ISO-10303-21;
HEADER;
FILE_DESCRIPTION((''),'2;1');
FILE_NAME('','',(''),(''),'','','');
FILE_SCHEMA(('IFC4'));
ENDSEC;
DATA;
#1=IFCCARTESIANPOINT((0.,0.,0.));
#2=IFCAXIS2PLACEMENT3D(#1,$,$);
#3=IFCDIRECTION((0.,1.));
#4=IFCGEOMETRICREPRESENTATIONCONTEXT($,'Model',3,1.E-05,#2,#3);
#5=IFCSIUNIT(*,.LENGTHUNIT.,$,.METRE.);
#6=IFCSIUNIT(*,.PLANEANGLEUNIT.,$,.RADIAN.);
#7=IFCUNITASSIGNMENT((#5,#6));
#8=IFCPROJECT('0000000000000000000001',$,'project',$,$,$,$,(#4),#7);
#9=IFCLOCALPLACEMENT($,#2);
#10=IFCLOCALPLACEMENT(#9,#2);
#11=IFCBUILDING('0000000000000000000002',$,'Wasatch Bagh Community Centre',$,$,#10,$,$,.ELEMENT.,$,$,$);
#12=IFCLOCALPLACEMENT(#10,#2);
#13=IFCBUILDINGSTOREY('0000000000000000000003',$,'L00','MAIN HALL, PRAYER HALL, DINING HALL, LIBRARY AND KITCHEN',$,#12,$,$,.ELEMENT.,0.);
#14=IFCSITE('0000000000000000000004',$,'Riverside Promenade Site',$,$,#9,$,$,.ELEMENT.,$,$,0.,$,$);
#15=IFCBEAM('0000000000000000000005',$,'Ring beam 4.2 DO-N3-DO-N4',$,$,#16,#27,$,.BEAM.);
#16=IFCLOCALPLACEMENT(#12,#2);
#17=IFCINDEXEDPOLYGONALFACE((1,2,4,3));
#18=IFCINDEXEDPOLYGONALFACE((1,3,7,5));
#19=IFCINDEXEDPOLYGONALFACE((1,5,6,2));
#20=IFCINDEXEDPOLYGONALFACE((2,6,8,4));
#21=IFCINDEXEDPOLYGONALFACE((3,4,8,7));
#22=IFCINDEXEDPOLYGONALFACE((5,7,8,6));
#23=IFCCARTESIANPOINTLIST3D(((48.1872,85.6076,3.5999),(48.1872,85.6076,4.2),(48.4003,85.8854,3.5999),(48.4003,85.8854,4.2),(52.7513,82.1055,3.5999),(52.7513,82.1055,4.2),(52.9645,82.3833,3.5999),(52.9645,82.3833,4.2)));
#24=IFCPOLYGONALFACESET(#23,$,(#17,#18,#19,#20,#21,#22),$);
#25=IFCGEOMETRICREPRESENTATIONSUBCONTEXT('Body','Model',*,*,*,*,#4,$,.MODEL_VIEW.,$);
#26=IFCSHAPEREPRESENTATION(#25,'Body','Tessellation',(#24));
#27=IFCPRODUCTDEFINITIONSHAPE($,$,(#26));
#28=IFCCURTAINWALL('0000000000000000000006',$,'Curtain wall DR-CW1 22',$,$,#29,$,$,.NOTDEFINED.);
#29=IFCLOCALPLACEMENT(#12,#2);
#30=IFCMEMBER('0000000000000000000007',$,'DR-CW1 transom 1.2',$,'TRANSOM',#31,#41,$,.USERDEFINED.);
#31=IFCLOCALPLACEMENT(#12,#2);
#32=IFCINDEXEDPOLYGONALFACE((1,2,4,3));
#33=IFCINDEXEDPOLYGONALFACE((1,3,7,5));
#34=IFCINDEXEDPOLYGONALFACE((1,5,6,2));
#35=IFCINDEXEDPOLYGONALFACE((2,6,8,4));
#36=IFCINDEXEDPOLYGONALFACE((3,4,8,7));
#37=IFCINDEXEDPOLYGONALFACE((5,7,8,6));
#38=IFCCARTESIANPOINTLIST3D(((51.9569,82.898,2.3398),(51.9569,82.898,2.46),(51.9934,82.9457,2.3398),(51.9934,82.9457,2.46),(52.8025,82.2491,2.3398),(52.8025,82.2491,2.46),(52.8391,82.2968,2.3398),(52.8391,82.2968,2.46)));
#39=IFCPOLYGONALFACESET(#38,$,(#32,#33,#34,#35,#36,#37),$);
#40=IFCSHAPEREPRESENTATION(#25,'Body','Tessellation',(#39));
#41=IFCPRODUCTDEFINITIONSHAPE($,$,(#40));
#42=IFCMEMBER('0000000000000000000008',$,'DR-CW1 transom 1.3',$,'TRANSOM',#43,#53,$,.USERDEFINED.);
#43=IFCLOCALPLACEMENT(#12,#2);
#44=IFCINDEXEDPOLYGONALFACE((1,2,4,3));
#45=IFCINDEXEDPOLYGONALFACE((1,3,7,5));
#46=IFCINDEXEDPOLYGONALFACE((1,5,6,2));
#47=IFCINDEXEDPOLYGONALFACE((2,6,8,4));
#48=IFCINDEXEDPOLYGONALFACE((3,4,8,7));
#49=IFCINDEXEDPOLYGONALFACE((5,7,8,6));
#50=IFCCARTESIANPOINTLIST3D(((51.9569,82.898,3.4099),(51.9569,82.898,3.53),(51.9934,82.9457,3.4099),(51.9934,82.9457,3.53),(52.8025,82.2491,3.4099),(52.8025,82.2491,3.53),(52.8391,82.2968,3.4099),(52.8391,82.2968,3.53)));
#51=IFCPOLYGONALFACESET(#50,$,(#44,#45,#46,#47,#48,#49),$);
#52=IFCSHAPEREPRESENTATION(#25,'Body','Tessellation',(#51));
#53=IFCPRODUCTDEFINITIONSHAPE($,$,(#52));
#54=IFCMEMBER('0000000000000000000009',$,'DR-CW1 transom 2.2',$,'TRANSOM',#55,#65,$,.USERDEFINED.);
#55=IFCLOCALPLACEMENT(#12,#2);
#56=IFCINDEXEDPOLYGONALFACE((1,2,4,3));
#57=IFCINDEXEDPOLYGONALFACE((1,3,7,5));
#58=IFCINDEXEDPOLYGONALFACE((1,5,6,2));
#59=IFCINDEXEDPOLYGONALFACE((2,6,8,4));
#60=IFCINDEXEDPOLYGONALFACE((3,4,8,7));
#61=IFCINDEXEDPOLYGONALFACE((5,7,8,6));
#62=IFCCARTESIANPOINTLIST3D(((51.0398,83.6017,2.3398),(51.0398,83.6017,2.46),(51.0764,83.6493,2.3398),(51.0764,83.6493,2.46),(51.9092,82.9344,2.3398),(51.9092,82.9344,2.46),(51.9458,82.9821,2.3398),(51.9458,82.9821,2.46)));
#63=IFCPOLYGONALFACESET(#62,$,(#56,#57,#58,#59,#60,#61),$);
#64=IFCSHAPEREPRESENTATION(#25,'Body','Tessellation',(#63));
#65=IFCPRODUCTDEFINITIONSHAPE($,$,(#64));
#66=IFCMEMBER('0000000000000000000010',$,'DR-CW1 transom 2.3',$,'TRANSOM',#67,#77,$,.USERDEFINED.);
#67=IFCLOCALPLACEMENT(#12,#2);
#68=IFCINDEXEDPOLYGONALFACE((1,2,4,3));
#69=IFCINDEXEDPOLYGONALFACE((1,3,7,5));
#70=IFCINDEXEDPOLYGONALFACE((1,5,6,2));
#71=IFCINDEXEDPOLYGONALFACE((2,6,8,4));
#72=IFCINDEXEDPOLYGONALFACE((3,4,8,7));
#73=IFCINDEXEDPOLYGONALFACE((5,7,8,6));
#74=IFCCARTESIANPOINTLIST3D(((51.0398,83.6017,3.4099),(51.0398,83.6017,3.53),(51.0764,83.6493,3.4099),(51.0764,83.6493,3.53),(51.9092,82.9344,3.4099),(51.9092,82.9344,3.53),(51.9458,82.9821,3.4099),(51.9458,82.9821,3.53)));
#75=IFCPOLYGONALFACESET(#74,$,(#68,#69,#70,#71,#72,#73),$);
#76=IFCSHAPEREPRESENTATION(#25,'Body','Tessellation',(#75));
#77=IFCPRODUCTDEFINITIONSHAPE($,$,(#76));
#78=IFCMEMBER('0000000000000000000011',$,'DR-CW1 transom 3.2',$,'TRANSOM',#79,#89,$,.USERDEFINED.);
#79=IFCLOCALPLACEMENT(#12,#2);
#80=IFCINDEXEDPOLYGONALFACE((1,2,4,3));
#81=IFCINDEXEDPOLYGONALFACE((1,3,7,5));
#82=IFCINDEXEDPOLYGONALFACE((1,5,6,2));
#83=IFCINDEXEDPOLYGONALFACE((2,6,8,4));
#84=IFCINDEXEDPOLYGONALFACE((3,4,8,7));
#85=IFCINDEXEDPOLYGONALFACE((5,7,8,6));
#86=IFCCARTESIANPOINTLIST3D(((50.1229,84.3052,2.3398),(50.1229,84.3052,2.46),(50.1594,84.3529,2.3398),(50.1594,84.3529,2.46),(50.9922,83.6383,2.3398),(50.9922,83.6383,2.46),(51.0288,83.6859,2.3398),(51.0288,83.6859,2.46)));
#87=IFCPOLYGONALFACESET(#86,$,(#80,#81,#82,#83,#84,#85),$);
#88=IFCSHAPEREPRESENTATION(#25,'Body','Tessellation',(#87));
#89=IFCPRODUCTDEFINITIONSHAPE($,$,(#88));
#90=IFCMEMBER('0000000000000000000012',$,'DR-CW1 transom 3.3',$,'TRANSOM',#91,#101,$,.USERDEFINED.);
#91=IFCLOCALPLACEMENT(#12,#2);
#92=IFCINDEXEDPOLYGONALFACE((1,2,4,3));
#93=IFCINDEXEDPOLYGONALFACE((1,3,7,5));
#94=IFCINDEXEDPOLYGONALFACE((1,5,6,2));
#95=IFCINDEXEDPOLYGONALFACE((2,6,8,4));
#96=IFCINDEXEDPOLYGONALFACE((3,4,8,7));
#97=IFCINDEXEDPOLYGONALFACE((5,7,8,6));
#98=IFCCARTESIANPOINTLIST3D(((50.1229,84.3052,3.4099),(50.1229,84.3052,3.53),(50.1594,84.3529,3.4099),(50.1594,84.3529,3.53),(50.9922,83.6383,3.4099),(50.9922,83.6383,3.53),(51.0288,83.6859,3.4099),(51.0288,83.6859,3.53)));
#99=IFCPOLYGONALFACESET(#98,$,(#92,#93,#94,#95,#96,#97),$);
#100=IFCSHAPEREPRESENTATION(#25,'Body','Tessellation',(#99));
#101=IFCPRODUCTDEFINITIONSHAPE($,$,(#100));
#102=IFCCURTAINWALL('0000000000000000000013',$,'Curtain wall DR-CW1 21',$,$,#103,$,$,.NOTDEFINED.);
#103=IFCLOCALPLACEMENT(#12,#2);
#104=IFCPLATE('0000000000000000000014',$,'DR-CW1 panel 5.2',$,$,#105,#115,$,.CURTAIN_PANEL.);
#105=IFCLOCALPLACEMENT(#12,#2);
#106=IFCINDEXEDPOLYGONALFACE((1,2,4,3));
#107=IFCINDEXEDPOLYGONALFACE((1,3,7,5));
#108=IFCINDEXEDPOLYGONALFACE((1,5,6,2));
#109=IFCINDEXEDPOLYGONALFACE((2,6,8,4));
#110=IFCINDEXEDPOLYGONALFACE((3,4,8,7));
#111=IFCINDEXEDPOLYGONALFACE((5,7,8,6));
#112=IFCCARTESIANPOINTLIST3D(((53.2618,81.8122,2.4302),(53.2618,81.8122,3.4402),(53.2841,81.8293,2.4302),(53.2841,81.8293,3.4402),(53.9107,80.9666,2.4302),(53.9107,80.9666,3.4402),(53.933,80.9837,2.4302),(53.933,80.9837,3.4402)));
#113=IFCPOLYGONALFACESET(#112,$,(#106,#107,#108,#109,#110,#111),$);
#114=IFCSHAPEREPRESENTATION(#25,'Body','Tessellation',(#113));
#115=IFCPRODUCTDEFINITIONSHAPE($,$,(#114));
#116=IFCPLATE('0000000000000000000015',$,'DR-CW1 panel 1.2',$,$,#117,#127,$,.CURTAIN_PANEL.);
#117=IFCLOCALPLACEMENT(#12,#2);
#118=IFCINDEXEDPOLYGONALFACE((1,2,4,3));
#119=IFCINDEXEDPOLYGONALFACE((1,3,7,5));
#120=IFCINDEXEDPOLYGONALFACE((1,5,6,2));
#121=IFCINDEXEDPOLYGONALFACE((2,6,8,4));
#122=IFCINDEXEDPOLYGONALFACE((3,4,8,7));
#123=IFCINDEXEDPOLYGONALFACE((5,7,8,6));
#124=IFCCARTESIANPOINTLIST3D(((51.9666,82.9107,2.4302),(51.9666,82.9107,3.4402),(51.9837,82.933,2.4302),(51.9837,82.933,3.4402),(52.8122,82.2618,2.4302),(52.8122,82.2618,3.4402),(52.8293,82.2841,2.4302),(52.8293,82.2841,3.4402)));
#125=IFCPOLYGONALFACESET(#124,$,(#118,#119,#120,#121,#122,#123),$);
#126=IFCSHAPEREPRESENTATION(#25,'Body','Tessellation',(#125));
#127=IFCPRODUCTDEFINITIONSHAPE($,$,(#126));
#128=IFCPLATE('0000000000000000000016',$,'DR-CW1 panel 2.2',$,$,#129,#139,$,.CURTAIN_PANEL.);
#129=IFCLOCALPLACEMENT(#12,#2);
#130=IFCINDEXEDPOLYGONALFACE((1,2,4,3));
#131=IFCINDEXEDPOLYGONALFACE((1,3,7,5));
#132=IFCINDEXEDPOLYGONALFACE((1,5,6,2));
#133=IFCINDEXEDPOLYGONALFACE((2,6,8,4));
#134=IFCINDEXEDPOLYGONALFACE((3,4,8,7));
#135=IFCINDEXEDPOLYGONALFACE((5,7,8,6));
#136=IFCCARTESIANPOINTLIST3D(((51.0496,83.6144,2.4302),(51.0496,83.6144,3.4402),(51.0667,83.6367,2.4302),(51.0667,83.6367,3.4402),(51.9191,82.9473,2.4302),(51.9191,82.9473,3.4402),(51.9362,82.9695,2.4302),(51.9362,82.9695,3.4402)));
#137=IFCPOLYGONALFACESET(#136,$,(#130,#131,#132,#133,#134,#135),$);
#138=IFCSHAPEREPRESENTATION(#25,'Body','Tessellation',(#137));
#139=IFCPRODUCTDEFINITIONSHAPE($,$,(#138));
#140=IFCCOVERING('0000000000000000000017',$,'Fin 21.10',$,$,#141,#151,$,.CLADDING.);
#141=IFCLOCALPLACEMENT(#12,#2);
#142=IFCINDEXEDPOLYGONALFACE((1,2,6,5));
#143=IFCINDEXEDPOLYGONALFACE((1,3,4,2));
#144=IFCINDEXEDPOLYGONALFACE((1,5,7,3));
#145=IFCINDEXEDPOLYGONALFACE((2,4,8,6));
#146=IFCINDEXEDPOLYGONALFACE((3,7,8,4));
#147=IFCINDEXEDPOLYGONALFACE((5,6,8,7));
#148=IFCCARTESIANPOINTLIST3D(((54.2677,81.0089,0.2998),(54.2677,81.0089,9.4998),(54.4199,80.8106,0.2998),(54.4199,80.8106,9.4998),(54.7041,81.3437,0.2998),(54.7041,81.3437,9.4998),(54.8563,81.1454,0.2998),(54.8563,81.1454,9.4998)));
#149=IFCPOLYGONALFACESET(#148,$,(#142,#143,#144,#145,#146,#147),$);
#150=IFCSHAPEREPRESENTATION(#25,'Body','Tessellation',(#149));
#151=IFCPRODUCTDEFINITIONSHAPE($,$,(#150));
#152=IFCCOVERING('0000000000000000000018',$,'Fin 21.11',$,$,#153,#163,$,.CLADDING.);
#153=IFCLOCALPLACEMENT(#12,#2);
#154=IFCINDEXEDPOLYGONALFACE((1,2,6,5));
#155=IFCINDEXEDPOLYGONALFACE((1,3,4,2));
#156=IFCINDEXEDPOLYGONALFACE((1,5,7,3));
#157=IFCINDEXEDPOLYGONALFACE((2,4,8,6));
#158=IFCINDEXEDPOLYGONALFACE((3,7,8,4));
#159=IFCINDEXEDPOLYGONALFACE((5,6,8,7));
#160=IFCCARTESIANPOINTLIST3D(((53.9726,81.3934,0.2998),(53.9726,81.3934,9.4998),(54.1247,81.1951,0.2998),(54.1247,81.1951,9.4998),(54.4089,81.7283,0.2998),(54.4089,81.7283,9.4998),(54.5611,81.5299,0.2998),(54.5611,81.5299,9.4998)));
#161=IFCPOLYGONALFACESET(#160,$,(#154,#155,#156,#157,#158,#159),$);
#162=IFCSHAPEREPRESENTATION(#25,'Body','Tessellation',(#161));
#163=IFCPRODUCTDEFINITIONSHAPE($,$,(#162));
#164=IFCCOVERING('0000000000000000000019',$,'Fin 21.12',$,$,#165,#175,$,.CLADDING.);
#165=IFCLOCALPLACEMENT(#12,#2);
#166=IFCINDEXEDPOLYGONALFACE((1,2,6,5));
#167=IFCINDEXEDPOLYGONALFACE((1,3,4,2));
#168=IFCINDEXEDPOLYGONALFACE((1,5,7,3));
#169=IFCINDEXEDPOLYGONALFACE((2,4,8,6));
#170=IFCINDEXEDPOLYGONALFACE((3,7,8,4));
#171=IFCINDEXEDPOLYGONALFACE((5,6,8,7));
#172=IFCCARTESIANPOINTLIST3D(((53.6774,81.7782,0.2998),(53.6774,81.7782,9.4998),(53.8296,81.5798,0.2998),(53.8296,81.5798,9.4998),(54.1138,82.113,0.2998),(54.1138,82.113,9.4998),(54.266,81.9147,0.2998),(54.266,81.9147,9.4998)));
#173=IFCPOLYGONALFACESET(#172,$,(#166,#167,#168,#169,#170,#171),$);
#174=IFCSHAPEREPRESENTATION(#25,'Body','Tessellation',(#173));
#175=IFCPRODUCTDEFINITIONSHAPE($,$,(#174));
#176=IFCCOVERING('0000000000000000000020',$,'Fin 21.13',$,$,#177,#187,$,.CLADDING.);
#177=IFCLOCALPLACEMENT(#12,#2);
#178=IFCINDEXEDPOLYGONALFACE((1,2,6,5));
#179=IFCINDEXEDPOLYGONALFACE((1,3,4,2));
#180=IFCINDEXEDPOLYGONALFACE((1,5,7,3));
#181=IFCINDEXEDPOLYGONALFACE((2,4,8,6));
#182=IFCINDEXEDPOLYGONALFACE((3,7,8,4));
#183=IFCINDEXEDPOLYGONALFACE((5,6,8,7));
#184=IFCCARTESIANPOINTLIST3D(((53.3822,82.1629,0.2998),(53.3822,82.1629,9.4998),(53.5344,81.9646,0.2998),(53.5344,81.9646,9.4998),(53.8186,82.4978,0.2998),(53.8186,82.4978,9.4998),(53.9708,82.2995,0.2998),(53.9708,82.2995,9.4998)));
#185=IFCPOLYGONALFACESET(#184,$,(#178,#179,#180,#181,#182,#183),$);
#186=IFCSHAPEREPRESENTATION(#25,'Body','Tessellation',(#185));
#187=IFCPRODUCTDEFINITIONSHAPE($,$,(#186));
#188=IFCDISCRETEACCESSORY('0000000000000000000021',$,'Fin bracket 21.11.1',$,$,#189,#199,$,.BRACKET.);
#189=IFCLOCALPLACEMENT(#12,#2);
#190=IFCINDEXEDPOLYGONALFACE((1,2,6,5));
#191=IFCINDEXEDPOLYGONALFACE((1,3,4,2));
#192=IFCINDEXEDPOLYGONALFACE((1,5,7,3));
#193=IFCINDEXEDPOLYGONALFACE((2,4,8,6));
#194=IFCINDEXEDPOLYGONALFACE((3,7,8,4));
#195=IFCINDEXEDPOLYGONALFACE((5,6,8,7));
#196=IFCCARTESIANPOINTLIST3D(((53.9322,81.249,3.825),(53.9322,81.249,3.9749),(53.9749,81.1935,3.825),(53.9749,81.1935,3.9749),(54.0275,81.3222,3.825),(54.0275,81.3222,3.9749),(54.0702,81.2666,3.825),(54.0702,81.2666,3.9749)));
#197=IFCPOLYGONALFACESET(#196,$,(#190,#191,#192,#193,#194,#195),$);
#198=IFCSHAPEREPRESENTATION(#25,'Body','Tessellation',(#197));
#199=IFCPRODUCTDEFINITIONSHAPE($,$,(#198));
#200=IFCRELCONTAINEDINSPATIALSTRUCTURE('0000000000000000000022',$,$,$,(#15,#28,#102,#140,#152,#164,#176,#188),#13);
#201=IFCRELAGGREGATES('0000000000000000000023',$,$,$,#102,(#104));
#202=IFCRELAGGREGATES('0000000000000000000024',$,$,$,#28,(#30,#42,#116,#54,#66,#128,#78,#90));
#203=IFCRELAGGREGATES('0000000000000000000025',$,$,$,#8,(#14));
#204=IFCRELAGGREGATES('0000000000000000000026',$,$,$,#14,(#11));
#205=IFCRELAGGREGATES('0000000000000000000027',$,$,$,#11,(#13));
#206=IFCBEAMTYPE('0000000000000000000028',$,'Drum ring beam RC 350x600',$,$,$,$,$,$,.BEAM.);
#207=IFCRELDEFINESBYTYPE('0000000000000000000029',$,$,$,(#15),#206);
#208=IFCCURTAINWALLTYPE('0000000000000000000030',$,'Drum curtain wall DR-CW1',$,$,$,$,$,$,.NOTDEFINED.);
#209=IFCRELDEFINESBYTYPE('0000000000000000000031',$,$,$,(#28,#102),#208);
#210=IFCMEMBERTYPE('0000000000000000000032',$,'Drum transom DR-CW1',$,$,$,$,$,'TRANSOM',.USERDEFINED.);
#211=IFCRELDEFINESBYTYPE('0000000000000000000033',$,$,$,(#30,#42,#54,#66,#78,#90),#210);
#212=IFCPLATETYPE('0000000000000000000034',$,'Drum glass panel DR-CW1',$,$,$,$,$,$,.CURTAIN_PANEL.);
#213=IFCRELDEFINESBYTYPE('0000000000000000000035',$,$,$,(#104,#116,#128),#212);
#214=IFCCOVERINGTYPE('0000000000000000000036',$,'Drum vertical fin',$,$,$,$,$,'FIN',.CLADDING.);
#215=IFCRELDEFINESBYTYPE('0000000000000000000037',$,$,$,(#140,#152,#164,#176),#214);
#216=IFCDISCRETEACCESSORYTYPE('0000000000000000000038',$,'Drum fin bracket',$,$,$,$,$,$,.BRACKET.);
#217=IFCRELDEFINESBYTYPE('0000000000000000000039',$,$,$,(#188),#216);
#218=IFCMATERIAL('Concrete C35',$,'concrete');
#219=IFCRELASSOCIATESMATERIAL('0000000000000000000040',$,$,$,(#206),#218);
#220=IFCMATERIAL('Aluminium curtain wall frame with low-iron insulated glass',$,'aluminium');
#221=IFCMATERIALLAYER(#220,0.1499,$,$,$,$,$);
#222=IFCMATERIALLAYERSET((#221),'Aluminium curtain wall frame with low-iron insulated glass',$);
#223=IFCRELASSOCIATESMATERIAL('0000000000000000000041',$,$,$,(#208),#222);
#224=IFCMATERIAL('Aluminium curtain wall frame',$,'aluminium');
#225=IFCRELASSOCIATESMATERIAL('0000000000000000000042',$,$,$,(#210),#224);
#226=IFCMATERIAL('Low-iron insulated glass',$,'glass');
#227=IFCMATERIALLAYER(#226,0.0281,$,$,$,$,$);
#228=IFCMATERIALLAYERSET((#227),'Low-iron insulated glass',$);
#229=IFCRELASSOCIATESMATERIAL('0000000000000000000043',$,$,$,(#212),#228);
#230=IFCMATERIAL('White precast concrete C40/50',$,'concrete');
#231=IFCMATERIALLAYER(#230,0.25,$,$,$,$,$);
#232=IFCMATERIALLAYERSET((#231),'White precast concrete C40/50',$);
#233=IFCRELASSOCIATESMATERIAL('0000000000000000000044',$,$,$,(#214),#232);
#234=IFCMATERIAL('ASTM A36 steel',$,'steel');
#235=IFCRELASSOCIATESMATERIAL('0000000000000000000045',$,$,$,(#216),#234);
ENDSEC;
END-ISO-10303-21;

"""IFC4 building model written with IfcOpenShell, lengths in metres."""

from ifc_helpers import new_model, si_unit, direction, frame, origin, origin_2d, place, context, subcontext, project, spatial, rectangle, extrude, material, layer, layer_set, material_profile, profile_set, type_object, element, aggregate, save


model = new_model("IFC4")

# Units and contexts
model_context = context("Model", 3, precision=1e-05, world=origin(), true_north=direction((0.0, 1.0)))
body_context = subcontext(model_context, "Body", "Model", "MODEL_VIEW")
ifc_project = project(units=[si_unit("LENGTHUNIT", "METRE"), si_unit("PLANEANGLEUNIT", "RADIAN")], contexts=[model_context])

# Site, building, storey
site_placement = place(None, origin())
site = spatial("IfcSite", under=ifc_project, at=site_placement, Name="Riverside Promenade Site", CompositionType="ELEMENT", RefElevation=0.0)
building_placement = place(site_placement, origin())
building = spatial("IfcBuilding", under=site, at=building_placement, Name="Wasatch Bagh Community Centre", CompositionType="ELEMENT")
storey_placement = place(building_placement, origin())
storey = spatial("IfcBuildingStorey", under=building, at=storey_placement, Name="L00", Description="MAIN HALL, PRAYER HALL, DINING HALL, LIBRARY AND KITCHEN", CompositionType="ELEMENT", Elevation=0.0)

# Beam
ifc_material_1 = material(Name="Concrete C35", Category="concrete")
ifc_material_profile_1 = material_profile(ifc_material_1, rectangle(XDim=0.3501, YDim=0.6001, at=origin_2d()), Name="RC 350x600")
ifc_profile_set_1 = profile_set([ifc_material_profile_1], Name="Concrete C35")
beam_type = type_object("IfcBeamType", Name="Drum ring beam RC 350x600", PredefinedType="BEAM", material=ifc_profile_set_1)
beam_placement = place(storey_placement, frame((52.8579, 82.2444, 3.8999), z_axis=(-0.793357, 0.608757, 0.0), x_axis=(-0.608757, -0.793357, 0.0)))
element("IfcBeam", 1, at=beam_placement, inside=storey, type_object=beam_type, Name="Ring beam 4.2 DO-N3-DO-N4", PredefinedType="BEAM", context=body_context, shape_type="SweptSolid", body=[
    extrude(rectangle(XDim=0.3501, YDim=0.6001, at=origin_2d()), origin(), (0.0, 0.0, 1.0), 5.7529),
])

# Curtain wall, members
ifc_material_2 = material(Name="Aluminium curtain wall frame with low-iron insulated glass", Category="aluminium")
ifc_layer_1 = layer(ifc_material_2, 0.1499)
ifc_layer_set_1 = layer_set([ifc_layer_1], Name="Aluminium curtain wall frame with low-iron insulated glass")
curtain_wall_type = type_object("IfcCurtainWallType", Name="Drum curtain wall DR-CW1", PredefinedType="NOTDEFINED", material=ifc_layer_set_1)
curtain_wall_1_placement = place(storey_placement, origin())
curtain_wall_1 = element("IfcCurtainWall", 2, at=curtain_wall_1_placement, inside=storey, type_object=curtain_wall_type, Name="Curtain wall DR-CW1 22", PredefinedType="NOTDEFINED")
ifc_material_3 = material(Name="Aluminium curtain wall frame", Category="aluminium")
ifc_material_profile_2 = material_profile(ifc_material_3, rectangle(XDim=0.0601, YDim=0.1201, at=origin_2d()), Name="Drum transom DR-CW1")
ifc_profile_set_2 = profile_set([ifc_material_profile_2], Name="Aluminium curtain wall frame")
member_type = type_object("IfcMemberType", Name="Drum transom DR-CW1", ElementType="TRANSOM", PredefinedType="USERDEFINED", material=ifc_profile_set_2)
member_1_placement = place(storey_placement, frame((52.8208, 82.2729, 2.3999), z_axis=(-0.793356, 0.608758, 0.0), x_axis=(-0.608758, -0.793356, 0.0)))
member_1 = element("IfcMember", 3, at=member_1_placement, type_object=member_type, Name="DR-CW1 transom 1.2", ObjectType="TRANSOM", PredefinedType="USERDEFINED", context=body_context, shape_type="SweptSolid", body=[
    extrude(rectangle(XDim=0.0601, YDim=0.1201, at=origin_2d()), origin(), (0.0, 0.0, 1.0), 1.0659),
])
member_2_placement = place(storey_placement, frame((52.8208, 82.2729, 3.47), z_axis=(-0.793356, 0.608758, 0.0), x_axis=(-0.608758, -0.793356, 0.0)))
member_2 = element("IfcMember", 4, at=member_2_placement, type_object=member_type, Name="DR-CW1 transom 1.3", ObjectType="TRANSOM", PredefinedType="USERDEFINED", context=body_context, shape_type="SweptSolid", body=[
    extrude(rectangle(XDim=0.0601, YDim=0.1201, at=origin_2d()), origin(), (0.0, 0.0, 1.0), 1.0659),
])
member_3_placement = place(storey_placement, frame((51.9275, 82.9583, 2.3999), z_axis=(-0.793294, 0.608838, 0.0), x_axis=(-0.608838, -0.793294, 0.0)))
member_3 = element("IfcMember", 5, at=member_3_placement, type_object=member_type, Name="DR-CW1 transom 2.2", ObjectType="TRANSOM", PredefinedType="USERDEFINED", context=body_context, shape_type="SweptSolid", body=[
    extrude(rectangle(XDim=0.0601, YDim=0.1201, at=origin_2d()), origin(), (0.0, 0.0, 1.0), 1.0959),
])
member_4_placement = place(storey_placement, frame((51.9275, 82.9583, 3.47), z_axis=(-0.793294, 0.608838, 0.0), x_axis=(-0.608838, -0.793294, 0.0)))
member_4 = element("IfcMember", 6, at=member_4_placement, type_object=member_type, Name="DR-CW1 transom 2.3", ObjectType="TRANSOM", PredefinedType="USERDEFINED", context=body_context, shape_type="SweptSolid", body=[
    extrude(rectangle(XDim=0.0601, YDim=0.1201, at=origin_2d()), origin(), (0.0, 0.0, 1.0), 1.0959),
])
member_5_placement = place(storey_placement, frame((51.0105, 83.6621, 2.3999), z_axis=(-0.793402, 0.608698, 0.0), x_axis=(-0.608698, -0.793402, 0.0)))
member_5 = element("IfcMember", 7, at=member_5_placement, type_object=member_type, Name="DR-CW1 transom 3.2", ObjectType="TRANSOM", PredefinedType="USERDEFINED", context=body_context, shape_type="SweptSolid", body=[
    extrude(rectangle(XDim=0.0601, YDim=0.1201, at=origin_2d()), origin(), (0.0, 0.0, 1.0), 1.0957),
])
member_6_placement = place(storey_placement, frame((51.0105, 83.6621, 3.47), z_axis=(-0.793402, 0.608698, 0.0), x_axis=(-0.608698, -0.793402, 0.0)))
member_6 = element("IfcMember", 8, at=member_6_placement, type_object=member_type, Name="DR-CW1 transom 3.3", ObjectType="TRANSOM", PredefinedType="USERDEFINED", context=body_context, shape_type="SweptSolid", body=[
    extrude(rectangle(XDim=0.0601, YDim=0.1201, at=origin_2d()), origin(), (0.0, 0.0, 1.0), 1.0957),
])

# Curtain wall, plate
curtain_wall_2_placement = place(storey_placement, origin())
curtain_wall_2 = element("IfcCurtainWall", 9, at=curtain_wall_2_placement, inside=storey, type_object=curtain_wall_type, Name="Curtain wall DR-CW1 21", PredefinedType="NOTDEFINED")
ifc_material_4 = material(Name="Low-iron insulated glass", Category="glass")
ifc_layer_2 = layer(ifc_material_4, 0.0281)
ifc_layer_set_2 = layer_set([ifc_layer_2], Name="Low-iron insulated glass")
plate_type = type_object("IfcPlateType", Name="Drum glass panel DR-CW1", PredefinedType="CURTAIN_PANEL", material=ifc_layer_set_2)
plate_1_placement = place(storey_placement, frame((53.5974, 81.3979, 2.4302), z_axis=(0.0, 0.0, 1.0), x_axis=(-0.608761, 0.793353, 0.0)))
plate_1 = element("IfcPlate", 10, at=plate_1_placement, type_object=plate_type, Name="DR-CW1 panel 5.2", PredefinedType="CURTAIN_PANEL", context=body_context, shape_type="SweptSolid", body=[
    extrude(rectangle(XDim=1.0659, YDim=0.0281, at=origin_2d()), origin(), (0.0, 0.0, 1.0), 1.01),
])
aggregate(curtain_wall_2, [plate_1])

# Plates
plate_2_placement = place(storey_placement, frame((52.3979, 82.5974, 2.4302), z_axis=(0.0, 0.0, 1.0), x_axis=(-0.793353, 0.608761, 0.0)))
plate_2 = element("IfcPlate", 11, at=plate_2_placement, type_object=plate_type, Name="DR-CW1 panel 1.2", PredefinedType="CURTAIN_PANEL", context=body_context, shape_type="SweptSolid", body=[
    extrude(rectangle(XDim=1.0659, YDim=0.0281, at=origin_2d()), origin(), (0.0, 0.0, 1.0), 1.01),
])
plate_3_placement = place(storey_placement, frame((51.4929, 83.292, 2.4302), z_axis=(0.0, 0.0, 1.0), x_axis=(-0.793353, 0.608761, 0.0)))
plate_3 = element("IfcPlate", 12, at=plate_3_placement, type_object=plate_type, Name="DR-CW1 panel 2.2", PredefinedType="CURTAIN_PANEL", context=body_context, shape_type="SweptSolid", body=[
    extrude(rectangle(XDim=1.0959, YDim=0.0281, at=origin_2d()), origin(), (0.0, 0.0, 1.0), 1.01),
])
aggregate(curtain_wall_1, [member_1, member_2, plate_2, member_3, member_4, plate_3, member_5, member_6])

# Coverings
ifc_material_5 = material(Name="White precast concrete C40/50", Category="concrete")
ifc_layer_3 = layer(ifc_material_5, 0.25)
ifc_layer_set_3 = layer_set([ifc_layer_3], Name="White precast concrete C40/50")
covering_type = type_object("IfcCoveringType", Name="Drum vertical fin", ElementType="FIN", PredefinedType="CLADDING", material=ifc_layer_set_3)
for number, where, z_axis, x_axis, name in (
    (13, (54.562, 81.0771, 0.2998), (0.0, 0.0, 1.0), (-0.608761, 0.793353, 0.0), "Fin 21.10"),
    (14, (54.2668, 81.4617, 0.2998), (0.0, 0.0, 1.0), (-0.608761, 0.793353, 0.0), "Fin 21.11"),
    (15, (53.9717, 81.8464, 0.2998), (0.0, 0.0, 1.0), (-0.608761, 0.793353, 0.0), "Fin 21.12"),
    (16, (53.6765, 82.2312, 0.2998), (0.0, 0.0, 1.0), (-0.608761, 0.793353, 0.0), "Fin 21.13"),
):
    element("IfcCovering", number, at=place(storey_placement, frame(where, z_axis=z_axis, x_axis=x_axis)), inside=storey, type_object=covering_type, Name=name, PredefinedType="CLADDING", context=body_context, shape_type="SweptSolid", body=[
        extrude(rectangle(XDim=0.25, YDim=0.55, at=origin_2d()), origin(), (0.0, 0.0, 1.0), 9.2),
    ])

# Discrete accessory
ifc_material_6 = material(Name="ASTM A36 steel", Category="steel")
discrete_accessory_type = type_object("IfcDiscreteAccessoryType", Name="Drum fin bracket", PredefinedType="BRACKET", material=ifc_material_6)
for number, where, z_axis, x_axis, name in (
    (17, (54.0012, 81.2578, 3.825), (0.0, 0.0, 1.0), (-0.608761, 0.793353, 0.0), "Fin bracket 21.11.1"),
):
    element("IfcDiscreteAccessory", number, at=place(storey_placement, frame(where, z_axis=z_axis, x_axis=x_axis)), inside=storey, type_object=discrete_accessory_type, Name=name, PredefinedType="BRACKET", context=body_context, shape_type="SweptSolid", body=[
        extrude(rectangle(XDim=0.0701, YDim=0.1201, at=origin_2d()), origin(), (0.0, 0.0, 1.0), 0.1499),
    ])

save(model, "model.ifc")
